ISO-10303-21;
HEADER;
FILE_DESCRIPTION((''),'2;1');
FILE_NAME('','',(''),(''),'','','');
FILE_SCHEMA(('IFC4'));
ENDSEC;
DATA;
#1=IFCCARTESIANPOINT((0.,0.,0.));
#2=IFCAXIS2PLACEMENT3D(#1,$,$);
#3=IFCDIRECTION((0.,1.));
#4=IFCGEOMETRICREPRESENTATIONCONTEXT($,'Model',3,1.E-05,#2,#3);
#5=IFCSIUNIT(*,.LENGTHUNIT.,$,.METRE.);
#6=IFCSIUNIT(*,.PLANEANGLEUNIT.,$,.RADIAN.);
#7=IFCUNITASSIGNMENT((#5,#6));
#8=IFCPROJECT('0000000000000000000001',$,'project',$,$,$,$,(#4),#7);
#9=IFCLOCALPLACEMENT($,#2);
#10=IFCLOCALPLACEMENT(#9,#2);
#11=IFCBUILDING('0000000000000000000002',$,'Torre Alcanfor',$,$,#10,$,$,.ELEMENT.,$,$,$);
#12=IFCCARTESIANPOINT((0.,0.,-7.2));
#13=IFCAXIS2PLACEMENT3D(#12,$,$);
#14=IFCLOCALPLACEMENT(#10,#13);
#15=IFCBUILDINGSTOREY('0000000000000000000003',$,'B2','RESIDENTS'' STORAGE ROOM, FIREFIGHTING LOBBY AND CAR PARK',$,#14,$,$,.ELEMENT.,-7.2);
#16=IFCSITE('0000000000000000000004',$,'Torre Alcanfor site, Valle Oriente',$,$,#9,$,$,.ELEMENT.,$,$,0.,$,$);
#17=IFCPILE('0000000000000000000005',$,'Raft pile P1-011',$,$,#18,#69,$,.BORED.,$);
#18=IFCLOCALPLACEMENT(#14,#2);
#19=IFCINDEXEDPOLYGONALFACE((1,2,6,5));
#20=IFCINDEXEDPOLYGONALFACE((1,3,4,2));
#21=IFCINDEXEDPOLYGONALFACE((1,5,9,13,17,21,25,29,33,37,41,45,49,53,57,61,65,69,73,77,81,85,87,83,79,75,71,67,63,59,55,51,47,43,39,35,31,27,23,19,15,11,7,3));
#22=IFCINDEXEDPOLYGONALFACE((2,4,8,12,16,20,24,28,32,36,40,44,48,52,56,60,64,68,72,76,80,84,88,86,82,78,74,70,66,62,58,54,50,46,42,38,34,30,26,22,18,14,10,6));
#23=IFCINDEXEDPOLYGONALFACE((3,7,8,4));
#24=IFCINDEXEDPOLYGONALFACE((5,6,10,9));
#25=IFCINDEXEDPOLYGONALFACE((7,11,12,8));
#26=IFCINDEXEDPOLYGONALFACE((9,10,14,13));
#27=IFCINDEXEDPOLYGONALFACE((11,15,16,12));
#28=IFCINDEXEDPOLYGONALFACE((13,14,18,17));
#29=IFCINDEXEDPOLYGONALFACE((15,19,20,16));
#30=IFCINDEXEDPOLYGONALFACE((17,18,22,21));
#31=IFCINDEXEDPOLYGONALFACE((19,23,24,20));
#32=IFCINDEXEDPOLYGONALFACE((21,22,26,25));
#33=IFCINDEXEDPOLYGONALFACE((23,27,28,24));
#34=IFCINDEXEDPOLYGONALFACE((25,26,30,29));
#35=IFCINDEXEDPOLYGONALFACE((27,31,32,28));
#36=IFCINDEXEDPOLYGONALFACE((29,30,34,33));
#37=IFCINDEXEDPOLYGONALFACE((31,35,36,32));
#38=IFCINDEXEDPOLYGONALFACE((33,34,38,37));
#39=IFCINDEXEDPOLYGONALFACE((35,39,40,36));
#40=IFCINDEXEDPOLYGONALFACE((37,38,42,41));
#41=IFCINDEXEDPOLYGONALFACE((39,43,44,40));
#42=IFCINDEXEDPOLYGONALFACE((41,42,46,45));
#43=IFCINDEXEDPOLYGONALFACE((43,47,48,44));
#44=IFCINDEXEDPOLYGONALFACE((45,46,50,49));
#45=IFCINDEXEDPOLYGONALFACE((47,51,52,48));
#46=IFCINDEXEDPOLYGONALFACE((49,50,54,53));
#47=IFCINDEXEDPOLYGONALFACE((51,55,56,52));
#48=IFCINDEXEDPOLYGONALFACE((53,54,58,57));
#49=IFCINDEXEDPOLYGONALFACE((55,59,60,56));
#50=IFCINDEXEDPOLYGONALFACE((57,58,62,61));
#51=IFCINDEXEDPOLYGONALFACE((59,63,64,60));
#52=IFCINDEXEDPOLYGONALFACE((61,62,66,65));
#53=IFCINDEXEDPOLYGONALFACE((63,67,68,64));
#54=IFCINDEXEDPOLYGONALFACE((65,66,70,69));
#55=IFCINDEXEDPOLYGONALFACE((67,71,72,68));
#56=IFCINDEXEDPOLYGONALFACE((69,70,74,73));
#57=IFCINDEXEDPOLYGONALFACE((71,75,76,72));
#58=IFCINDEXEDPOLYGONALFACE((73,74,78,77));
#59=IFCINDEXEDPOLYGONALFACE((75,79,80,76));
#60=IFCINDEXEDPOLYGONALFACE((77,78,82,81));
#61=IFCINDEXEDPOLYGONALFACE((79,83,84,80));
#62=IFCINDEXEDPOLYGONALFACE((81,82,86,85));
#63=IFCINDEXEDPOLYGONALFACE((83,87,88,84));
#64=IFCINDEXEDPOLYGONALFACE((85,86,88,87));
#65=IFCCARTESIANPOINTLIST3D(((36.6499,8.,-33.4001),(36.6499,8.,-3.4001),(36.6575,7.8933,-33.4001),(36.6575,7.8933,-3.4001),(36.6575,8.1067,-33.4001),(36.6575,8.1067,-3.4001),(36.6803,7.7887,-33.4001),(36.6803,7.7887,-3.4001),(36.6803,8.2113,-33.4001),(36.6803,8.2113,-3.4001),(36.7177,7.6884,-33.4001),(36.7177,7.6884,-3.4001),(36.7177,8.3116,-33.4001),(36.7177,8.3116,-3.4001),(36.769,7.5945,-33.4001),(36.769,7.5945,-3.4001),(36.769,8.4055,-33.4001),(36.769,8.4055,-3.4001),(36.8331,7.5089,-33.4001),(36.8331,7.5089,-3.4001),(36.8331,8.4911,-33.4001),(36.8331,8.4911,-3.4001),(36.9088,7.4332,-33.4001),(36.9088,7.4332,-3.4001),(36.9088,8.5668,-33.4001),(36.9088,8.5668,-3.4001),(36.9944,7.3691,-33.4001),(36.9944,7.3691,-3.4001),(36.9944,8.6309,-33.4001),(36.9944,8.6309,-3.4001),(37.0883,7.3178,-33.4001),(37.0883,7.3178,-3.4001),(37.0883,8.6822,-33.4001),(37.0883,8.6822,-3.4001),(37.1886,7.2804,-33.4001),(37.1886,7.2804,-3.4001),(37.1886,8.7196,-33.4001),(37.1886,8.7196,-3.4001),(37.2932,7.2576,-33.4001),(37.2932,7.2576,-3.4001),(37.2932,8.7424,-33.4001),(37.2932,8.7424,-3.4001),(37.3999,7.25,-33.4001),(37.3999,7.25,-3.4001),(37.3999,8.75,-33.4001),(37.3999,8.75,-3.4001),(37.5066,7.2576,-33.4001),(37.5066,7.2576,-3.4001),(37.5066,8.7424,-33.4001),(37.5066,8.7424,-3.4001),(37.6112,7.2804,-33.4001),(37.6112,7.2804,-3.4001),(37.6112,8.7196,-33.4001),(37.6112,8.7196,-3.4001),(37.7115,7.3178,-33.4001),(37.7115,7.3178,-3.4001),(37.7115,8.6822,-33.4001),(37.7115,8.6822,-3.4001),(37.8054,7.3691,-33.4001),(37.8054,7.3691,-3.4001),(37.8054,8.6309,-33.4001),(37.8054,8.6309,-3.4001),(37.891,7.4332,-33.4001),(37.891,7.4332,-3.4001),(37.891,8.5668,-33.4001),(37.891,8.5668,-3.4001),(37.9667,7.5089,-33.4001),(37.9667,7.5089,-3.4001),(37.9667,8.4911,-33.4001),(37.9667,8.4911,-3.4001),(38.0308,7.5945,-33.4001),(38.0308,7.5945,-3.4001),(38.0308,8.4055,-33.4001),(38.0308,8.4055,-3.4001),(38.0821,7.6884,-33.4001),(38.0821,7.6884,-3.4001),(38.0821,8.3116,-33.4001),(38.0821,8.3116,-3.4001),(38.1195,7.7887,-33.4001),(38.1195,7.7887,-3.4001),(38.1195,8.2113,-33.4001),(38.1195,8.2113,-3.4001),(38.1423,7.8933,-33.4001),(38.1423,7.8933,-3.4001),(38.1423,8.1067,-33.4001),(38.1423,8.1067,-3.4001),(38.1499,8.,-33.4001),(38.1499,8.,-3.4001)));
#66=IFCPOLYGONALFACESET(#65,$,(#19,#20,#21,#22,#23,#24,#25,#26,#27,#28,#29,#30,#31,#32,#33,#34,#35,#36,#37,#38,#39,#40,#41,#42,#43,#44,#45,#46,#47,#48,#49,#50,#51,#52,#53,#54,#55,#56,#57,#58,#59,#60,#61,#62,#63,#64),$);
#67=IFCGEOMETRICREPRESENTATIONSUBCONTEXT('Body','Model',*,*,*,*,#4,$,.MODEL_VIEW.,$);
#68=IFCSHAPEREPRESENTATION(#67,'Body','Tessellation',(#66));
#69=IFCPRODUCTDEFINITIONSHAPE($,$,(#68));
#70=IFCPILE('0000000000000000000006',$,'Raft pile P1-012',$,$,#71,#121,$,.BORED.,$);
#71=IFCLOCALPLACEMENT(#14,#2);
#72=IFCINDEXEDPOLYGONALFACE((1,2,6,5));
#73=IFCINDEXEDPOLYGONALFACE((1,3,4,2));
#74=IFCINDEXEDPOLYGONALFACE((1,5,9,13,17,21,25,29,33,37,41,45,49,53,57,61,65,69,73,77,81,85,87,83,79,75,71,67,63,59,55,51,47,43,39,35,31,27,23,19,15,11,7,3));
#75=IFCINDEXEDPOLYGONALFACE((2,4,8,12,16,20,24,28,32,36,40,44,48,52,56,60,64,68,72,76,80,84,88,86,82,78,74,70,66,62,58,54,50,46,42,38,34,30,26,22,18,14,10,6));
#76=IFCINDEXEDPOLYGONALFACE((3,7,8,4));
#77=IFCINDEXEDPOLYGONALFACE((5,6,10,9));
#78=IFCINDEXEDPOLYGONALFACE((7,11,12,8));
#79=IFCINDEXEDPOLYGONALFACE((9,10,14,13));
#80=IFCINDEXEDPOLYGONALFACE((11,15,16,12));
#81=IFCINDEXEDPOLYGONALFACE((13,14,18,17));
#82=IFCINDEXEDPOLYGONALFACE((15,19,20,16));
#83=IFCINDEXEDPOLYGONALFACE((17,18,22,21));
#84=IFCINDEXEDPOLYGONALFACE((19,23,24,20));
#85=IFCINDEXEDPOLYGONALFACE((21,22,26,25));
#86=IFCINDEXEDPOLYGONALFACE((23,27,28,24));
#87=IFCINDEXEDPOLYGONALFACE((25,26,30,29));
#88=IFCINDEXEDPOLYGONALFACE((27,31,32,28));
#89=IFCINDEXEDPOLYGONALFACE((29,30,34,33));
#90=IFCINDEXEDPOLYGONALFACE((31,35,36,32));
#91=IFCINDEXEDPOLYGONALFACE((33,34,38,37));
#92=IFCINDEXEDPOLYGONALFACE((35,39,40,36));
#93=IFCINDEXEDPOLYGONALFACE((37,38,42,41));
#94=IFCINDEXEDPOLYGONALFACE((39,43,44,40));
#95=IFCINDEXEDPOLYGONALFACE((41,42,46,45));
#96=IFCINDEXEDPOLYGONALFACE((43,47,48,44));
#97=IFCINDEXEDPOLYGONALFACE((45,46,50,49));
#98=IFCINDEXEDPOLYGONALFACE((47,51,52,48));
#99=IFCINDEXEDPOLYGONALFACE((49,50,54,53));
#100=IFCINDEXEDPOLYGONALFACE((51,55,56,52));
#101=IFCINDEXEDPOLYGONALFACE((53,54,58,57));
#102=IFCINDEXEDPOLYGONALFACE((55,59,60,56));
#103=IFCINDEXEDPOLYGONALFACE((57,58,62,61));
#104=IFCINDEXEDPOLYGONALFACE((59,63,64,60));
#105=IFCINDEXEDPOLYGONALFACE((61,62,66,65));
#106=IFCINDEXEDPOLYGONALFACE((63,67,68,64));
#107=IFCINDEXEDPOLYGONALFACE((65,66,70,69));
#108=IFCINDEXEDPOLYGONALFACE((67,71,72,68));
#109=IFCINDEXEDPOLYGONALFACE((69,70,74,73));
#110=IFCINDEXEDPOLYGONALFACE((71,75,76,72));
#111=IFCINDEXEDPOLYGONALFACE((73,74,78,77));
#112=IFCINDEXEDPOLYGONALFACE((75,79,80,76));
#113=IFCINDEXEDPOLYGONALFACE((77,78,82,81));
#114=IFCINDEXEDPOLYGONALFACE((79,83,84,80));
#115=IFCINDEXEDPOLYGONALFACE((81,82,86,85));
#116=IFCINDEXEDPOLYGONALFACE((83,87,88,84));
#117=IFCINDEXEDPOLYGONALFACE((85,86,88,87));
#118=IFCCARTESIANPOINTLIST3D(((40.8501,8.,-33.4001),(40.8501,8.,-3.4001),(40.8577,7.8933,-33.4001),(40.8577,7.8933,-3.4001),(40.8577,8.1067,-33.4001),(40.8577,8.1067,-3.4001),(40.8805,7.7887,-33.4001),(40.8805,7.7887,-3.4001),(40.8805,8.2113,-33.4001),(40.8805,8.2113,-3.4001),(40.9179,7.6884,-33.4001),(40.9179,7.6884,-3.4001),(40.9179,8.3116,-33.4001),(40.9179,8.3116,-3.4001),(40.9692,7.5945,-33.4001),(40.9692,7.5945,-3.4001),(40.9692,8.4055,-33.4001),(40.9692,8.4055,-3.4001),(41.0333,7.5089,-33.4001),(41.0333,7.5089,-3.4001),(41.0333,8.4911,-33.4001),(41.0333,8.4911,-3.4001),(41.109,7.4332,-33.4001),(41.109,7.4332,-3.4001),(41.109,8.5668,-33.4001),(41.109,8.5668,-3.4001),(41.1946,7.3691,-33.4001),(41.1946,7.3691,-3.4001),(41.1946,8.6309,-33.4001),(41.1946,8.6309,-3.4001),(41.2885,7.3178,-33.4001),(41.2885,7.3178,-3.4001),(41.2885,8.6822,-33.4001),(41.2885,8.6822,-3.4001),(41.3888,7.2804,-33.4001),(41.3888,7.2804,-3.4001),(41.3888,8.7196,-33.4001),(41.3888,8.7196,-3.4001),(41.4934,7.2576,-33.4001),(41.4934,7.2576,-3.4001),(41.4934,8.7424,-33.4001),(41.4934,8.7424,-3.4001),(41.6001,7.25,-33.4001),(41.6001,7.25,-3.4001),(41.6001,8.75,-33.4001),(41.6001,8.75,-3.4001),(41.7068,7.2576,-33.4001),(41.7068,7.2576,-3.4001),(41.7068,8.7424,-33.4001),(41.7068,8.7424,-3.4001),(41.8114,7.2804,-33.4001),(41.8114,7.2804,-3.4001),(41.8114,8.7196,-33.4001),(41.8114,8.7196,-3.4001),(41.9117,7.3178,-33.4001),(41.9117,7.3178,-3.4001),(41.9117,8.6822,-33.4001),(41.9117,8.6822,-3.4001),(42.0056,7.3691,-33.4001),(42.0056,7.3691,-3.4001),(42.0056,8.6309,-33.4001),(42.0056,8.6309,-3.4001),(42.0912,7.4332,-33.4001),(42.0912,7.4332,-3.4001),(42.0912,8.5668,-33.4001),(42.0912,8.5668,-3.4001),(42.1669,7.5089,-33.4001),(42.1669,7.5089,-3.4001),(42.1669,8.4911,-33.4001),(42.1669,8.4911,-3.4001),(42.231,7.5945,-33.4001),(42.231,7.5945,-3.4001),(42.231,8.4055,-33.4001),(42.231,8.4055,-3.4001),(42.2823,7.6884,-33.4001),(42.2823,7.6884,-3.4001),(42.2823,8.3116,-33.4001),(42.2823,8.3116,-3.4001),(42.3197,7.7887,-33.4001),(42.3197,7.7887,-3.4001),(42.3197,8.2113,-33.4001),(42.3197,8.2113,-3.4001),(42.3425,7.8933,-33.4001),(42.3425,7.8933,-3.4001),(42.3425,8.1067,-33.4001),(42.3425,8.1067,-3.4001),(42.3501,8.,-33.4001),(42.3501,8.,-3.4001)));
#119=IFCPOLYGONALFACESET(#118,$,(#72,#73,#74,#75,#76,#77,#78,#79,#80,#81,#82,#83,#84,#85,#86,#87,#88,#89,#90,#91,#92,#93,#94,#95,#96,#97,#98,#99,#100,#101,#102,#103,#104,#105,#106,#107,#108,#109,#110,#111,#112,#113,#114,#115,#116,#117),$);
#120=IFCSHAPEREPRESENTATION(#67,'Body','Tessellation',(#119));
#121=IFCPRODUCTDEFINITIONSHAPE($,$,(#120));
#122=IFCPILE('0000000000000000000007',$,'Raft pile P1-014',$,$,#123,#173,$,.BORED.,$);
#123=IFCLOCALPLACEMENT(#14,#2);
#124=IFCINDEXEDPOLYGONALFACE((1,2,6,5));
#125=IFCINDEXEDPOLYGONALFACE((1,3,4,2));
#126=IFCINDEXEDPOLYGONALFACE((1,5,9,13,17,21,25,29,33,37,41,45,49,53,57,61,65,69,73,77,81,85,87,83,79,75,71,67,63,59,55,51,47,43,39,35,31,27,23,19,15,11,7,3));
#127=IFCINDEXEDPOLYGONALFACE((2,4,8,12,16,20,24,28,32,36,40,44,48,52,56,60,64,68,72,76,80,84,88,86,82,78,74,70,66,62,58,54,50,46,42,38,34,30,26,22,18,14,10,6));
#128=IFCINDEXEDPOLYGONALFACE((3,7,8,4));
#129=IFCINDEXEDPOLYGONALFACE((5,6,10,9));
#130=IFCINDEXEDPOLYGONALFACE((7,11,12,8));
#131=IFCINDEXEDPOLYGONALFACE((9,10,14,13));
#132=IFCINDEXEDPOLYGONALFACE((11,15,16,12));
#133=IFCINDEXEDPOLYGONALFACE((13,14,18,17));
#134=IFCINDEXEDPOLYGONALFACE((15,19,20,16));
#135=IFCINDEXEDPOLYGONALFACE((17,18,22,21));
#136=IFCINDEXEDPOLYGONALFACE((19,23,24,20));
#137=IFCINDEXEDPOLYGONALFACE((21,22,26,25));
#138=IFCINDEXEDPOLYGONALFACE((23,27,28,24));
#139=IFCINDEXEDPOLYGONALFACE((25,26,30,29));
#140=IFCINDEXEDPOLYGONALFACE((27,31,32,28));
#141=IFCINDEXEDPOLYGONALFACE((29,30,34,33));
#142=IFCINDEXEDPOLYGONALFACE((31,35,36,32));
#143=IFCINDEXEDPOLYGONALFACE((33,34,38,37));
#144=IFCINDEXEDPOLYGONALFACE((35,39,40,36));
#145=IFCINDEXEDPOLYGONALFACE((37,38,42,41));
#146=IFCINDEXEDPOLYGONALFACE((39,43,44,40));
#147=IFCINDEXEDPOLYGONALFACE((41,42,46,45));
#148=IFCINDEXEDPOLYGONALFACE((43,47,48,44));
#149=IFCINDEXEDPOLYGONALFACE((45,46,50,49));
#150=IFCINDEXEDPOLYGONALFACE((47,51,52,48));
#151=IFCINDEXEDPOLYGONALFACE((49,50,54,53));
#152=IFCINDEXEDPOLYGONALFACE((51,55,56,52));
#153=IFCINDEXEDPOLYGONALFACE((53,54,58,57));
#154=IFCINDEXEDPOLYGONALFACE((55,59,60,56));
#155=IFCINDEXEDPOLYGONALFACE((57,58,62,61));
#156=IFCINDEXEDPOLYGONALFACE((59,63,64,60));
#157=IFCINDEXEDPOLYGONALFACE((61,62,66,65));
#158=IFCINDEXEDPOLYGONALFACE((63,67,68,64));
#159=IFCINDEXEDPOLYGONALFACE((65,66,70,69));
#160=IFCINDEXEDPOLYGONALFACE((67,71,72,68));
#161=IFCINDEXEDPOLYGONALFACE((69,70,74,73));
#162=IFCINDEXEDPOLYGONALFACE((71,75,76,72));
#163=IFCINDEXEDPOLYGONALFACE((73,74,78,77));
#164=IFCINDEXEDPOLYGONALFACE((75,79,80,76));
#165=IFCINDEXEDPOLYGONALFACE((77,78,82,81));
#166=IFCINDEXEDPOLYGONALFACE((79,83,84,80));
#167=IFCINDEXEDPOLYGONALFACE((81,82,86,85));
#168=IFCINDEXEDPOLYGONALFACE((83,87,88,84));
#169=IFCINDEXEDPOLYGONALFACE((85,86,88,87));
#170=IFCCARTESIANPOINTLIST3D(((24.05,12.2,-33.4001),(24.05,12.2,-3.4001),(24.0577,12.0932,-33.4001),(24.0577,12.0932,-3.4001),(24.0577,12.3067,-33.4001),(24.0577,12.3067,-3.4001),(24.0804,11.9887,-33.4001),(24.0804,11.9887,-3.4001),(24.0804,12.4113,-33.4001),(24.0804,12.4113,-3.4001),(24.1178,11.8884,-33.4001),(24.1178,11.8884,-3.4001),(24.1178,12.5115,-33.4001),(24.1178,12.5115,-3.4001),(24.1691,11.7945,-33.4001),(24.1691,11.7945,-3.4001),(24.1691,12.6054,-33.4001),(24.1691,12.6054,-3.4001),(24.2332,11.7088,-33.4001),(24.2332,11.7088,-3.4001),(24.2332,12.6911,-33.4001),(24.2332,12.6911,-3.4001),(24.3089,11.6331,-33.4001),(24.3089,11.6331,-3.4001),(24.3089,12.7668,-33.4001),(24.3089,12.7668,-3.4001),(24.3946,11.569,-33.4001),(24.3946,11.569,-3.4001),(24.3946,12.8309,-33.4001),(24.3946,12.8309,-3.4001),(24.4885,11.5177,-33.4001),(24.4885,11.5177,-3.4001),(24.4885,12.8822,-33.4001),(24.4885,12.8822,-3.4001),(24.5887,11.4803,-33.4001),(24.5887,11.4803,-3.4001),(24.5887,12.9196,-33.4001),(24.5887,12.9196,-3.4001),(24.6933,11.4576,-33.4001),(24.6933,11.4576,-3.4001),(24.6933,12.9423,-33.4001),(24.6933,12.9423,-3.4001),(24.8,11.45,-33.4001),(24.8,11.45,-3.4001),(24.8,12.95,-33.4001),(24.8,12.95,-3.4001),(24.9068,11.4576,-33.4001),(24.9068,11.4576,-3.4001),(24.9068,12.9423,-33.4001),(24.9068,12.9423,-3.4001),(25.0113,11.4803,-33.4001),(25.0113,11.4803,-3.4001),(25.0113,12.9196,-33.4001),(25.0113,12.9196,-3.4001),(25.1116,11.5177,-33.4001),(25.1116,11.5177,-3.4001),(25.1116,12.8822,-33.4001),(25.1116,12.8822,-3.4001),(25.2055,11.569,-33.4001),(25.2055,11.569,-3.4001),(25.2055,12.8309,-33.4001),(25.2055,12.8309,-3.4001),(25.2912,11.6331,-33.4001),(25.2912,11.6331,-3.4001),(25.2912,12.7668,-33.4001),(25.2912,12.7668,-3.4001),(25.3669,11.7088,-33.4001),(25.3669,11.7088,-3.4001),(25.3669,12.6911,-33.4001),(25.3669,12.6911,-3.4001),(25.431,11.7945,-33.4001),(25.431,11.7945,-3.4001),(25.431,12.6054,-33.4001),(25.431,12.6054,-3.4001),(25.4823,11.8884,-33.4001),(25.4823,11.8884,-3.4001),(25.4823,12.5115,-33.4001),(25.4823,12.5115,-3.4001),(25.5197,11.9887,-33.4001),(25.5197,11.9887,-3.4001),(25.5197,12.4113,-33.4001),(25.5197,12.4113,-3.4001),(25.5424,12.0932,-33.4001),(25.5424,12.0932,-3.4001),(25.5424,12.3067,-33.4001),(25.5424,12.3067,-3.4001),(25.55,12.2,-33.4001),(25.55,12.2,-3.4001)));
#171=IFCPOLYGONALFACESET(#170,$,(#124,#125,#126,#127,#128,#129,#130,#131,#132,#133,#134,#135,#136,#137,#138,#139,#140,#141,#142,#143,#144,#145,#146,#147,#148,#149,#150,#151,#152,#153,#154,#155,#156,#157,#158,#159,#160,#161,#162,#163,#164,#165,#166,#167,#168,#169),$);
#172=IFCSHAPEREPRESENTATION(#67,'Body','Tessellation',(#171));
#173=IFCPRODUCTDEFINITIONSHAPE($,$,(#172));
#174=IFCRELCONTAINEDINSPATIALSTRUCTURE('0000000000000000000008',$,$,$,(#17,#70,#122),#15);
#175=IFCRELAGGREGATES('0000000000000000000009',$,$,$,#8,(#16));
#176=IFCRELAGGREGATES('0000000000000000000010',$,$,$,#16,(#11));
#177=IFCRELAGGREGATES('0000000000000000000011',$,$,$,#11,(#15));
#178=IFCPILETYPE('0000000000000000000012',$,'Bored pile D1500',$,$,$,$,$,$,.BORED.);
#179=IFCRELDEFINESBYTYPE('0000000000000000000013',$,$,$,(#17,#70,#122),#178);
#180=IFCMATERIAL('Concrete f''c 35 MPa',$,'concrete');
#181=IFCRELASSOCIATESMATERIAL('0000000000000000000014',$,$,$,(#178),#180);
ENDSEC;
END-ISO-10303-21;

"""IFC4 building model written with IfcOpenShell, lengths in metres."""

from ifc_helpers import new_model, si_unit, direction, frame, origin, origin_2d, place, context, subcontext, project, spatial, circle, extrude, material, material_profile, profile_set, type_object, element, save


model = new_model("IFC4")

# Units and contexts
model_context = context("Model", 3, precision=1e-05, world=origin(), true_north=direction((0.0, 1.0)))
body_context = subcontext(model_context, "Body", "Model", "MODEL_VIEW")
ifc_project = project(units=[si_unit("LENGTHUNIT", "METRE"), si_unit("PLANEANGLEUNIT", "RADIAN")], contexts=[model_context])

# Site, building, storey
site_placement = place(None, origin())
site = spatial("IfcSite", under=ifc_project, at=site_placement, Name="Torre Alcanfor site, Valle Oriente", CompositionType="ELEMENT", RefElevation=0.0)
building_placement = place(site_placement, origin())
building = spatial("IfcBuilding", under=site, at=building_placement, Name="Torre Alcanfor", CompositionType="ELEMENT")
storey_placement = place(building_placement, frame((0.0, 0.0, -7.2)))
storey = spatial("IfcBuildingStorey", under=building, at=storey_placement, Name="B2", Description="RESIDENTS' STORAGE ROOM, FIREFIGHTING LOBBY AND CAR PARK", CompositionType="ELEMENT", Elevation=-7.2)

# Piles
ifc_material_1 = material(Name="Concrete f'c 35 MPa", Category="concrete")
ifc_material_profile_1 = material_profile(ifc_material_1, circle(Radius=0.75, at=origin_2d()), Name="D1500")
ifc_profile_set_1 = profile_set([ifc_material_profile_1], Name="Concrete f'c 35 MPa")
pile_type = type_object("IfcPileType", Name="Bored pile D1500", PredefinedType="BORED", material=ifc_profile_set_1)
for number, where, z_axis, x_axis, name in (
    (1, (37.3999, 8.0, -3.4001), (0.0, 0.0, -1.0), (1.0, 0.0, 0.0), "Raft pile P1-011"),
    (2, (41.6001, 8.0, -3.4001), (0.0, 0.0, -1.0), (1.0, 0.0, 0.0), "Raft pile P1-012"),
    (3, (24.8, 12.2, -3.4001), (0.0, 0.0, -1.0), (1.0, 0.0, 0.0), "Raft pile P1-014"),
):
    element("IfcPile", number, at=place(storey_placement, frame(where, z_axis=z_axis, x_axis=x_axis)), inside=storey, type_object=pile_type, Name=name, PredefinedType="BORED", context=body_context, shape_type="SweptSolid", body=[
        extrude(circle(Radius=0.75, at=origin_2d()), origin(), (0.0, 0.0, 1.0), 30.0),
    ])

save(model, "model.ifc")
